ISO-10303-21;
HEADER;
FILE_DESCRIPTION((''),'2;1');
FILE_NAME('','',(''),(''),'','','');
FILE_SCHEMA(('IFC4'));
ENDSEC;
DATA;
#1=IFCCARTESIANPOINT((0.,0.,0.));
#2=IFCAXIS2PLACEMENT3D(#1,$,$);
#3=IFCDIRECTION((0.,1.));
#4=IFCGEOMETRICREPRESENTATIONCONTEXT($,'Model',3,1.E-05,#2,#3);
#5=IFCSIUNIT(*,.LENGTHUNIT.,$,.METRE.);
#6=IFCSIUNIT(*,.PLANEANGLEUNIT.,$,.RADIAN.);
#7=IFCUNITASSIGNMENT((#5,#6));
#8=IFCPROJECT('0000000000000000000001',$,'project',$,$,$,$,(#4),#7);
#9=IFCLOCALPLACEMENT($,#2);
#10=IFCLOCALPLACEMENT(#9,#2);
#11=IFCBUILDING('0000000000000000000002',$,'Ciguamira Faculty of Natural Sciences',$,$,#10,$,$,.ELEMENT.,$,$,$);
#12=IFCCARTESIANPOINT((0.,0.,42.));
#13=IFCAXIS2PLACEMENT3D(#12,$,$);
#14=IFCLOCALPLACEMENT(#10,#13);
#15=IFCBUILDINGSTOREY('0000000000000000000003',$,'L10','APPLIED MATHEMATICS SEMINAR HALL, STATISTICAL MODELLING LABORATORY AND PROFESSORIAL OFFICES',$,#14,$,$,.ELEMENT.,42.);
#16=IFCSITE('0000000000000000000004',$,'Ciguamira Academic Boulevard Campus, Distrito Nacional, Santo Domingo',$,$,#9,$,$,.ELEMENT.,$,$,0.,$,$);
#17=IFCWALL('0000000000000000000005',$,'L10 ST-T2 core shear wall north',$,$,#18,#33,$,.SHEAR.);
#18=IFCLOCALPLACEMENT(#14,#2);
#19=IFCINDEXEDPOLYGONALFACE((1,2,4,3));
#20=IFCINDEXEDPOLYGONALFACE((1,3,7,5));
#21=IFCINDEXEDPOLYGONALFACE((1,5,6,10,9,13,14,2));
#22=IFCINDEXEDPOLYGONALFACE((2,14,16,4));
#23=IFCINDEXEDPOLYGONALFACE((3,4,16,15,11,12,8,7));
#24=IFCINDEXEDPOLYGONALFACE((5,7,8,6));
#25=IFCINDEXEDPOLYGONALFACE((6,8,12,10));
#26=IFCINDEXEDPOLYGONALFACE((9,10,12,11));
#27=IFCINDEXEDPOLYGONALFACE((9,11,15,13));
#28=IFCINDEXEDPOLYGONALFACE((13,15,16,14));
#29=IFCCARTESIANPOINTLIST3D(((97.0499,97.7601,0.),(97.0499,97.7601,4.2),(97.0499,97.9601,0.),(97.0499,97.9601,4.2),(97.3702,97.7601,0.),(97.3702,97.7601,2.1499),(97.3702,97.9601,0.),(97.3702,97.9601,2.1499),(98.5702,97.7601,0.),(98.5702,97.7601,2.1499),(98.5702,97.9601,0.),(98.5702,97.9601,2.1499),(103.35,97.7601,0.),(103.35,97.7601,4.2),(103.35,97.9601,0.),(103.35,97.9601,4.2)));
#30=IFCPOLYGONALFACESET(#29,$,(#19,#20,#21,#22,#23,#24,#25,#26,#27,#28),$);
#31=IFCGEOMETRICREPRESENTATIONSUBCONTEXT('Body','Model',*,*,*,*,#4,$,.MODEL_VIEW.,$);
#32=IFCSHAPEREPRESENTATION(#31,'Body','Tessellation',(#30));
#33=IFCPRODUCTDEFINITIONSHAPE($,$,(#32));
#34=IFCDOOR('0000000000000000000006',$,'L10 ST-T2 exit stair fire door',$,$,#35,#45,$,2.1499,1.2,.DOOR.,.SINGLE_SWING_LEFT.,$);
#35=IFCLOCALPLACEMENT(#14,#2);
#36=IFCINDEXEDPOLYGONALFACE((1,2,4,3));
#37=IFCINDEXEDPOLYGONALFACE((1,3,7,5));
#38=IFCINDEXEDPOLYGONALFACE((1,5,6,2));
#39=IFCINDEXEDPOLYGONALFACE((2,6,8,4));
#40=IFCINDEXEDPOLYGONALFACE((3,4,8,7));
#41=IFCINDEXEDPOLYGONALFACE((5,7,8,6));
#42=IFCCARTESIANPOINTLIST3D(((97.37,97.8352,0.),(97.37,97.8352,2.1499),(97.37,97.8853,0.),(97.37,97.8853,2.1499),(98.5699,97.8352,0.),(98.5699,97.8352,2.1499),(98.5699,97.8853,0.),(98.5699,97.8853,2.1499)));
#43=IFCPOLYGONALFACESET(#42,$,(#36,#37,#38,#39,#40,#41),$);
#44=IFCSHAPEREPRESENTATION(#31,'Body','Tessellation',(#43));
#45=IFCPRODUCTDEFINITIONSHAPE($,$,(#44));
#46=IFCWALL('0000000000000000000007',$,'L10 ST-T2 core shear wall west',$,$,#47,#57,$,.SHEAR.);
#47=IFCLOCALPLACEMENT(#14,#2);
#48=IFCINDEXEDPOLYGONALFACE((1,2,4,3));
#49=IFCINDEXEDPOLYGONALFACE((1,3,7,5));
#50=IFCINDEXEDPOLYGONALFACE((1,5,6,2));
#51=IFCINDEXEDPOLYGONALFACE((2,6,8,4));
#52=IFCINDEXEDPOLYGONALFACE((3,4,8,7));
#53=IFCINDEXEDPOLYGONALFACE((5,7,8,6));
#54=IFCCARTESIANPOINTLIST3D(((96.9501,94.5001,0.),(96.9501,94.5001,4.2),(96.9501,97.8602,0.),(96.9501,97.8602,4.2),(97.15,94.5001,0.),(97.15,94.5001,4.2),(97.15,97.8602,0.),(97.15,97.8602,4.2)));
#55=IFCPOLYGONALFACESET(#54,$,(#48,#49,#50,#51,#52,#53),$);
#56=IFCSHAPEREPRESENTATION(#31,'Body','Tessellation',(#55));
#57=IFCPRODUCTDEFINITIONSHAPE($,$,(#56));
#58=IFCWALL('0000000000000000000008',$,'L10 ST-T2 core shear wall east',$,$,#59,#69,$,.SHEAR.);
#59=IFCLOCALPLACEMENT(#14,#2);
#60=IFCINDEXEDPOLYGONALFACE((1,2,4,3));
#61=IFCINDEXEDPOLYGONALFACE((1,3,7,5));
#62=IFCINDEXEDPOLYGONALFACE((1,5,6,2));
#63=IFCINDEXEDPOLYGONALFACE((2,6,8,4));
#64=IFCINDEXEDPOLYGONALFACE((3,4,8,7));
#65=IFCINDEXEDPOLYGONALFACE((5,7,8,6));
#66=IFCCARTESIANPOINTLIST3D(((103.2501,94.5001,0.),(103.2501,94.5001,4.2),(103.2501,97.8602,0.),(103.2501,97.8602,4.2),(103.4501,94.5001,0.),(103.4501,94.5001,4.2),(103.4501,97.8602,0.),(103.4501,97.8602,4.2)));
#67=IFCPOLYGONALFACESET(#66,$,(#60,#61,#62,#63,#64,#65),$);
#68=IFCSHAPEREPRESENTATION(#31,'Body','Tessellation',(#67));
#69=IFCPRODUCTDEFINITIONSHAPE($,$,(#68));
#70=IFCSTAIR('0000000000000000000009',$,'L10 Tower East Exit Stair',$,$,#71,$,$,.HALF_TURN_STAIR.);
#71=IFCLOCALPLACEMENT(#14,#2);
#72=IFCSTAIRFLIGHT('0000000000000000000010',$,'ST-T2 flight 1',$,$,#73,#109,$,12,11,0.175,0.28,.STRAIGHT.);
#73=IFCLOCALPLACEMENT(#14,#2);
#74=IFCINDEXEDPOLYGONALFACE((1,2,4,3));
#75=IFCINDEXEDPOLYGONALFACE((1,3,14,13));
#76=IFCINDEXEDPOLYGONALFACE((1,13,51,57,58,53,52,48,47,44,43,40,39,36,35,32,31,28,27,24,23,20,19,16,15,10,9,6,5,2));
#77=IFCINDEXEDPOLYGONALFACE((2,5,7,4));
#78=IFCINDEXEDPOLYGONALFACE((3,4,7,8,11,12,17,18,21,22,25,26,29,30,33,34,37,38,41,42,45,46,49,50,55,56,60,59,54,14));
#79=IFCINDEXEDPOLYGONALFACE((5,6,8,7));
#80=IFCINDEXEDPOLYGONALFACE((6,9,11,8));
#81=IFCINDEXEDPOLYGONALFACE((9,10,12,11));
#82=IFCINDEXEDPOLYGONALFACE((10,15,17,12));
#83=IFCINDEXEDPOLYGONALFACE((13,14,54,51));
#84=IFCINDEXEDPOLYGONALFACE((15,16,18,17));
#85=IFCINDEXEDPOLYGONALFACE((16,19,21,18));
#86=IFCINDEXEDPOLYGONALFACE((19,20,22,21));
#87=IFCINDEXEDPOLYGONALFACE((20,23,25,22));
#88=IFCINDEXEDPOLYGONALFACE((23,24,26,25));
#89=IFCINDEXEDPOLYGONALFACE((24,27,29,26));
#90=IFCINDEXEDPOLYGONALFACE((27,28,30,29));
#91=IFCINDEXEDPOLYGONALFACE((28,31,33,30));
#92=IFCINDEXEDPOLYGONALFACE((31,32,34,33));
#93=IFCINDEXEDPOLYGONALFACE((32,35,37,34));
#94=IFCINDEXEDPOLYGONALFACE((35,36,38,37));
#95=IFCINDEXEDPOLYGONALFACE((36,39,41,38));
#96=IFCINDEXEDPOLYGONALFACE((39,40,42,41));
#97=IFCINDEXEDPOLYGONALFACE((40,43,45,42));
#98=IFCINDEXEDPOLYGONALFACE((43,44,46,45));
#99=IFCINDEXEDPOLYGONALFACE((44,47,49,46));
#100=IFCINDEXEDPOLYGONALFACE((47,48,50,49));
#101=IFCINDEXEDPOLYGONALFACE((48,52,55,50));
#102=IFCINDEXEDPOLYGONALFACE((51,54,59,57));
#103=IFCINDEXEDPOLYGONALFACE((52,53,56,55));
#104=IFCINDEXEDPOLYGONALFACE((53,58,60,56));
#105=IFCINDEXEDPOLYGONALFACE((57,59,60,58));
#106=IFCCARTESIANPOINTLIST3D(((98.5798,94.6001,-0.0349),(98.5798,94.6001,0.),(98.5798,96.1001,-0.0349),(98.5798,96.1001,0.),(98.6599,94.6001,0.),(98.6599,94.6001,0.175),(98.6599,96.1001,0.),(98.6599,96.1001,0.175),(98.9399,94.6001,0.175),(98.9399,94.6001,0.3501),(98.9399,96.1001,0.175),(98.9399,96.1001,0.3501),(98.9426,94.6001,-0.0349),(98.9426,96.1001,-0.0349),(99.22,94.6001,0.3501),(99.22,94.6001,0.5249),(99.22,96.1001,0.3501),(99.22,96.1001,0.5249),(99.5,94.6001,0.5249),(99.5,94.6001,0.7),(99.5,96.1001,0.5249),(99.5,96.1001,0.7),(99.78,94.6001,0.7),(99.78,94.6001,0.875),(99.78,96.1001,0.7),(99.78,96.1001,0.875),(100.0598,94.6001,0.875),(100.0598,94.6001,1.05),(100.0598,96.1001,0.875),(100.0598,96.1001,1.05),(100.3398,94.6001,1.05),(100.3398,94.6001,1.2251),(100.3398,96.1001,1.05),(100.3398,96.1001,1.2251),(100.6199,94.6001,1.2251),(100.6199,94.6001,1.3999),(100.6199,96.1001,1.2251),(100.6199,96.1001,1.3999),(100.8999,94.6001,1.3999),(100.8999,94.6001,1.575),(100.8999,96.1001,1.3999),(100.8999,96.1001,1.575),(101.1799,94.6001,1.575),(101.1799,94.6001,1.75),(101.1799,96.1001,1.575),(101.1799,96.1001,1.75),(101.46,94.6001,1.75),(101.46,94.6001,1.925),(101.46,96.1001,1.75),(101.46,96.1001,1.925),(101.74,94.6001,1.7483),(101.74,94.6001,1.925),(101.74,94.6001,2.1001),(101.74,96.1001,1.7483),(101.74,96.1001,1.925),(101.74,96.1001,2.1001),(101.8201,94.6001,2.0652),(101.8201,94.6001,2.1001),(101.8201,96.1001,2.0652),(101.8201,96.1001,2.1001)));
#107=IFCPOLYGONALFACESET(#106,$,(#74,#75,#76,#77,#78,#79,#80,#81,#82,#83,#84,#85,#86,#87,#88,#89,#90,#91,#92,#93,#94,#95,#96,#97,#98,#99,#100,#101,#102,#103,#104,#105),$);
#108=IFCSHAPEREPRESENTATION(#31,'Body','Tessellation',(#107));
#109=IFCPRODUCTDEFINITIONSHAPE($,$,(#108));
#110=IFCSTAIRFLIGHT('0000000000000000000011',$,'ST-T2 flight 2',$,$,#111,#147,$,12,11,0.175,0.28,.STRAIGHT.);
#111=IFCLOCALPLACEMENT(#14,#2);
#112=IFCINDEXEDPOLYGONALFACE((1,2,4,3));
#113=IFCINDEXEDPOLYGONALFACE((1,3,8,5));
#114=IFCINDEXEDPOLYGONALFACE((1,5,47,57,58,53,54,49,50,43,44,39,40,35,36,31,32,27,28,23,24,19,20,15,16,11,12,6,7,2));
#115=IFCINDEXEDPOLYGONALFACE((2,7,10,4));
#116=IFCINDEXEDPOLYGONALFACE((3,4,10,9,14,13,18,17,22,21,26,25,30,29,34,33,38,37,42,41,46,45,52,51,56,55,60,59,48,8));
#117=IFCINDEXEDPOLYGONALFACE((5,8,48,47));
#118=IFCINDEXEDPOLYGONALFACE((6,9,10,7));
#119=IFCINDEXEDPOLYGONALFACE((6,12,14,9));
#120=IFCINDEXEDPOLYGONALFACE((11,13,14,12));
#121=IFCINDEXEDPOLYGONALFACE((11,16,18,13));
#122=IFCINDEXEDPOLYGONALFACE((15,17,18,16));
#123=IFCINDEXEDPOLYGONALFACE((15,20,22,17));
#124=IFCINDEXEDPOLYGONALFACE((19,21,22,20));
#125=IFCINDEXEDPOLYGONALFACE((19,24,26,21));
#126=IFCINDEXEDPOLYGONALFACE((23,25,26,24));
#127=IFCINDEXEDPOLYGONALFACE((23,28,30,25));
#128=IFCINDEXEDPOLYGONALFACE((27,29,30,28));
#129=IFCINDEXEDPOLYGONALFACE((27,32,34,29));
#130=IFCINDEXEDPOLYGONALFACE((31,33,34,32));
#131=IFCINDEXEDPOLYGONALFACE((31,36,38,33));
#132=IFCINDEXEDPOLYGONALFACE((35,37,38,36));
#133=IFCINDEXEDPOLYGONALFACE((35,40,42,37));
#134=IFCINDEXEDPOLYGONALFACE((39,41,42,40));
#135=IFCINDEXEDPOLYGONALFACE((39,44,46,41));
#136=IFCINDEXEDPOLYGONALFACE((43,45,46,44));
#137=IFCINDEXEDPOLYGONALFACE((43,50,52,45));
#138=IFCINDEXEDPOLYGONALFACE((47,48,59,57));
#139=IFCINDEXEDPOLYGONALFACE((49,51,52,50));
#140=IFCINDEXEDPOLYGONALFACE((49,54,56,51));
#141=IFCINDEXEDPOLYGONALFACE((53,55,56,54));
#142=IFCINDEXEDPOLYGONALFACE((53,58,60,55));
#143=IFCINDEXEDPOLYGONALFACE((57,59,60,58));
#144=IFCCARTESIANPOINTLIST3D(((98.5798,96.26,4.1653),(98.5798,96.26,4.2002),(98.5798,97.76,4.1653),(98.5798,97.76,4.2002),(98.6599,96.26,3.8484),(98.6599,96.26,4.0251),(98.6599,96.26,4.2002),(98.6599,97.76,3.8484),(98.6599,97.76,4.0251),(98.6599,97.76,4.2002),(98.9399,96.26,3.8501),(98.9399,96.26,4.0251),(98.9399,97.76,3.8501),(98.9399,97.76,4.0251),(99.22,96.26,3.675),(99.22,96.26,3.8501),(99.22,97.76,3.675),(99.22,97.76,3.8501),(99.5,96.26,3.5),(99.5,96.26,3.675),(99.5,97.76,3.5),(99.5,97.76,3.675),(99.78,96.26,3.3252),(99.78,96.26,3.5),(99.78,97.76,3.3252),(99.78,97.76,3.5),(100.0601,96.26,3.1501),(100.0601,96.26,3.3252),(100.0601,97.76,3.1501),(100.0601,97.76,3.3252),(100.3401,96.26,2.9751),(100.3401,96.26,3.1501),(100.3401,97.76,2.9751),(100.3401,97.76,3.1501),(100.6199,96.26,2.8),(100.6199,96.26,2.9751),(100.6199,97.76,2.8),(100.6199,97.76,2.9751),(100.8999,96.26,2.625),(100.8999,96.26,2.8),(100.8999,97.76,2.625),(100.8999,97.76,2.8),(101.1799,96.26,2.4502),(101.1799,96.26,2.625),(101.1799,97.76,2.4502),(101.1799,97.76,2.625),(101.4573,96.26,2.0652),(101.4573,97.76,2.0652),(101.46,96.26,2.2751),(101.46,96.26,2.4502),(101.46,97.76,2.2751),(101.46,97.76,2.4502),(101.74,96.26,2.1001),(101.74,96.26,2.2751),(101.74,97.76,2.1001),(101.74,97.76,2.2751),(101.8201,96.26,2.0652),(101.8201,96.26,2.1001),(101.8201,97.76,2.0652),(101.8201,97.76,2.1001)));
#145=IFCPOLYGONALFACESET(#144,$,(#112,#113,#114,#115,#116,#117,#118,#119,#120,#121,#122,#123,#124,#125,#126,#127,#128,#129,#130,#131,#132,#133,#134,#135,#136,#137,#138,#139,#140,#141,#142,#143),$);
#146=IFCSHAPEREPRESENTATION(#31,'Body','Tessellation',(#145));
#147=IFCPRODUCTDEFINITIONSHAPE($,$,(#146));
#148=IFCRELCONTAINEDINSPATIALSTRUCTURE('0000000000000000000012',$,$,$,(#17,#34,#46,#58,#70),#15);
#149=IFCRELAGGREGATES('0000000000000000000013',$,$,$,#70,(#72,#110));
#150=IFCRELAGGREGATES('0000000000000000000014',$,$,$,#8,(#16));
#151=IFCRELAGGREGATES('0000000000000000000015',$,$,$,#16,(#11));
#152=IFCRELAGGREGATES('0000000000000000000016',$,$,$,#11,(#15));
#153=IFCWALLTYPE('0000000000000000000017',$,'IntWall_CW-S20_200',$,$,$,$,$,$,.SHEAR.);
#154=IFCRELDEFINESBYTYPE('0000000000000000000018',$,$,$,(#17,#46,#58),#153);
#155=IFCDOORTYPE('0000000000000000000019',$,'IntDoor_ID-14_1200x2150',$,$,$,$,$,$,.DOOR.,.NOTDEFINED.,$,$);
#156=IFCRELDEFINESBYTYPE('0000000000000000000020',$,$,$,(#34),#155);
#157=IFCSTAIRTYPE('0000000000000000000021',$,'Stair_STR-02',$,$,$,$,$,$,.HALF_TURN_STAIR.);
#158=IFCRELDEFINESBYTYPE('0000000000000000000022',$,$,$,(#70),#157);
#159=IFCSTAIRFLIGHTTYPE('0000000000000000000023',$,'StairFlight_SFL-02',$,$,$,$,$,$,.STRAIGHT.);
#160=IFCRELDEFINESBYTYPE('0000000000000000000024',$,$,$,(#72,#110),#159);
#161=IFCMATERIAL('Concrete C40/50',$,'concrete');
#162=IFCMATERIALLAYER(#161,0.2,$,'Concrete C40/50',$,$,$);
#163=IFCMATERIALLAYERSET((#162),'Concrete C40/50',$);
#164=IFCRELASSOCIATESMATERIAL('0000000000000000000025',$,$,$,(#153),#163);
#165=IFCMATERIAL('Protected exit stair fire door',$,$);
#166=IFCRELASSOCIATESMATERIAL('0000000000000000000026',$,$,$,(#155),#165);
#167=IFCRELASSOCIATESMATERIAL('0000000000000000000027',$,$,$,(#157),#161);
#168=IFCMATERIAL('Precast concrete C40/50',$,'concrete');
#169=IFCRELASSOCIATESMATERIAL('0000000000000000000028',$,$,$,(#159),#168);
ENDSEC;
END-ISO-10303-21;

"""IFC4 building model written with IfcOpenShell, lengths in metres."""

from ifc_helpers import new_model, si_unit, direction, frame, frame_2d, origin, place, context, subcontext, project, spatial, polyline, rectangle, outline, extrude, material, layer, layer_set, type_object, element, fill, aggregate, save


model = new_model("IFC4")

# Units and contexts
model_context = context("Model", 3, precision=1e-05, world=origin(), true_north=direction((0.0, 1.0)))
body_context = subcontext(model_context, "Body", "Model", "MODEL_VIEW")
ifc_project = project(units=[si_unit("LENGTHUNIT", "METRE"), si_unit("PLANEANGLEUNIT", "RADIAN")], contexts=[model_context])

# Site, building, storey
site_placement = place(None, origin())
site = spatial("IfcSite", under=ifc_project, at=site_placement, Name="Ciguamira Academic Boulevard Campus, Distrito Nacional, Santo Domingo", CompositionType="ELEMENT", RefElevation=0.0)
building_placement = place(site_placement, origin())
building = spatial("IfcBuilding", under=site, at=building_placement, Name="Ciguamira Faculty of Natural Sciences", CompositionType="ELEMENT")
storey_placement = place(building_placement, frame((0.0, 0.0, 42.0)))
storey = spatial("IfcBuildingStorey", under=building, at=storey_placement, Name="L10", Description="APPLIED MATHEMATICS SEMINAR HALL, STATISTICAL MODELLING LABORATORY AND PROFESSORIAL OFFICES", CompositionType="ELEMENT", Elevation=42.0)

# Shared definitions
ifc_material_1 = material(Name="Concrete C40/50", Category="concrete")

# Shared definitions
ifc_material_2 = material(Name="Precast concrete C40/50", Category="concrete")

# Shared definitions
ifc_layer_1 = layer(ifc_material_1, 0.2, Name="Concrete C40/50")
ifc_layer_set_1 = layer_set([ifc_layer_1], Name="Concrete C40/50")
wall_type_1 = type_object("IfcWallType", Name="IntWall_CW-S20_200", PredefinedType="SHEAR", material=ifc_layer_set_1)

# Wall, opening, door
wall_1_placement = place(storey_placement, frame((97.05, 97.8601, 0.0), z_axis=(0.0, 0.0, 1.0), x_axis=(1.0, 0.0, 0.0)))
wall_1 = element("IfcWall", 1, at=wall_1_placement, inside=storey, type_object=wall_type_1, Name="L10 ST-T2 core shear wall north", PredefinedType="SHEAR", context=body_context, shape_type="SweptSolid", body=[
    extrude(rectangle(XDim=6.3, YDim=0.2, at=frame_2d((3.1499, 0.0))), origin(), (0.0, 0.0, 1.0), 4.2),
])
opening_1_placement = place(wall_1_placement, frame((0.3201, 0.0, 0.0)))
opening_1 = element("IfcOpeningElement", 2, at=opening_1_placement, cuts=wall_1, PredefinedType="OPENING", context=body_context, shape_type="SweptSolid", body=[
    extrude(rectangle(XDim=1.2, YDim=2.1499, at=frame_2d((0.6001, 1.075))), frame((0.0, 0.1099, 0.0), z_axis=(0.0, -1.0, 0.0), x_axis=(1.0, 0.0, 0.0)), (0.0, 0.0, 1.0), 0.22),
])
ifc_material_3 = material(Name="Protected exit stair fire door")
door_type = type_object("IfcDoorType", Name="IntDoor_ID-14_1200x2150", OperationType="NOTDEFINED", PredefinedType="DOOR", material=ifc_material_3)
door_placement = place(opening_1_placement, frame((1.2, 0.0, 0.0), z_axis=(0.0, 0.0, 1.0), x_axis=(-1.0, 0.0, 0.0)))
door = element("IfcDoor", 3, at=door_placement, inside=storey, type_object=door_type, Name="L10 ST-T2 exit stair fire door", OperationType="SINGLE_SWING_LEFT", OverallHeight=2.1499, OverallWidth=1.2, PredefinedType="DOOR", context=body_context, shape_type="SweptSolid", body=[
    extrude(rectangle(XDim=1.2, YDim=2.1499, at=frame_2d((0.6001, 1.075))), frame((0.0, 0.0249, 0.0), z_axis=(0.0, -1.0, 0.0), x_axis=(1.0, 0.0, 0.0)), (0.0, 0.0, 1.0), 0.05),
])
fill(opening_1, door)

# Walls
for number, where, z_axis, x_axis, name in (
    (4, (97.05, 94.5, 0.0), (0.0, 0.0, 1.0), (0.0, 1.0, 0.0), "L10 ST-T2 core shear wall west"),
    (5, (103.3501, 94.5, 0.0), (0.0, 0.0, 1.0), (0.0, 1.0, 0.0), "L10 ST-T2 core shear wall east"),
):
    element("IfcWall", number, at=place(storey_placement, frame(where, z_axis=z_axis, x_axis=x_axis)), inside=storey, type_object=wall_type_1, Name=name, PredefinedType="SHEAR", context=body_context, shape_type="SweptSolid", body=[
        extrude(rectangle(XDim=3.3601, YDim=0.2, at=frame_2d((1.6802, 0.0))), origin(), (0.0, 0.0, 1.0), 4.2),
    ])

# Stair, stair flights
stair_type = type_object("IfcStairType", Name="Stair_STR-02", PredefinedType="HALF_TURN_STAIR", material=ifc_material_1)
stair_placement = place(storey_placement, origin())
stair = element("IfcStair", 6, at=stair_placement, inside=storey, type_object=stair_type, Name="L10 Tower East Exit Stair", PredefinedType="HALF_TURN_STAIR")
stair_flight_type = type_object("IfcStairFlightType", Name="StairFlight_SFL-02", PredefinedType="STRAIGHT", material=ifc_material_2)
stair_flight_1_placement = place(storey_placement, frame((98.6599, 95.3501, 0.0), z_axis=(0.0, 0.0, 1.0), x_axis=(1.0, 0.0, 0.0)))
stair_flight_1 = element("IfcStairFlight", 7, at=stair_flight_1_placement, type_object=stair_flight_type, Name="ST-T2 flight 1", NumberOfRisers=12, NumberOfTreads=11, PredefinedType="STRAIGHT", RiserHeight=0.175, TreadLength=0.28, context=body_context, shape_type="SweptSolid", body=[
    extrude(outline(polyline([(-0.0801, -0.0349), (-0.0801, 0.0), (0.0, 0.0), (0.0, 0.175), (0.28, 0.175), (0.28, 0.3501), (0.5601, 0.3501), (0.5601, 0.5249), (0.8401, 0.5249), (0.8401, 0.7), (1.1201, 0.7), (1.1201, 0.875), (1.3999, 0.875), (1.3999, 1.05), (1.6799, 1.05), (1.6799, 1.2251), (1.96, 1.2251), (1.96, 1.3999), (2.24, 1.3999), (2.24, 1.575), (2.52, 1.575), (2.52, 1.75), (2.8, 1.75), (2.8, 1.925), (3.0801, 1.925), (3.0801, 2.1001), (3.1602, 2.1001), (3.1602, 2.0652), (3.0801, 1.7483), (0.2827, -0.0349), (-0.0801, -0.0349)])), frame((0.0, 0.75, 0.0), z_axis=(0.0, -1.0, 0.0), x_axis=(1.0, 0.0, 0.0)), (0.0, 0.0, 1.0), 1.5),
])
stair_flight_2_placement = place(storey_placement, frame((101.74, 97.01, 2.1001), z_axis=(0.0, 0.0, 1.0), x_axis=(-1.0, 0.0, 0.0)))
stair_flight_2 = element("IfcStairFlight", 8, at=stair_flight_2_placement, type_object=stair_flight_type, Name="ST-T2 flight 2", NumberOfRisers=12, NumberOfTreads=11, PredefinedType="STRAIGHT", RiserHeight=0.175, TreadLength=0.28, context=body_context, shape_type="SweptSolid", body=[
    extrude(outline(polyline([(-0.0801, -0.0349), (-0.0801, 0.0), (0.0, 0.0), (0.0, 0.175), (0.28, 0.175), (0.28, 0.3501), (0.5601, 0.3501), (0.5601, 0.5249), (0.8401, 0.5249), (0.8401, 0.7), (1.1201, 0.7), (1.1201, 0.875), (1.3999, 0.875), (1.3999, 1.05), (1.6799, 1.05), (1.6799, 1.2251), (1.96, 1.2251), (1.96, 1.3999), (2.24, 1.3999), (2.24, 1.575), (2.52, 1.575), (2.52, 1.75), (2.8, 1.75), (2.8, 1.925), (3.0801, 1.925), (3.0801, 2.1001), (3.1602, 2.1001), (3.1602, 2.0652), (3.0801, 1.7483), (0.2827, -0.0349), (-0.0801, -0.0349)])), frame((0.0, 0.75, 0.0), z_axis=(0.0, -1.0, 0.0), x_axis=(1.0, 0.0, 0.0)), (0.0, 0.0, 1.0), 1.5),
])
aggregate(stair, [stair_flight_1, stair_flight_2])

save(model, "model.ifc")
